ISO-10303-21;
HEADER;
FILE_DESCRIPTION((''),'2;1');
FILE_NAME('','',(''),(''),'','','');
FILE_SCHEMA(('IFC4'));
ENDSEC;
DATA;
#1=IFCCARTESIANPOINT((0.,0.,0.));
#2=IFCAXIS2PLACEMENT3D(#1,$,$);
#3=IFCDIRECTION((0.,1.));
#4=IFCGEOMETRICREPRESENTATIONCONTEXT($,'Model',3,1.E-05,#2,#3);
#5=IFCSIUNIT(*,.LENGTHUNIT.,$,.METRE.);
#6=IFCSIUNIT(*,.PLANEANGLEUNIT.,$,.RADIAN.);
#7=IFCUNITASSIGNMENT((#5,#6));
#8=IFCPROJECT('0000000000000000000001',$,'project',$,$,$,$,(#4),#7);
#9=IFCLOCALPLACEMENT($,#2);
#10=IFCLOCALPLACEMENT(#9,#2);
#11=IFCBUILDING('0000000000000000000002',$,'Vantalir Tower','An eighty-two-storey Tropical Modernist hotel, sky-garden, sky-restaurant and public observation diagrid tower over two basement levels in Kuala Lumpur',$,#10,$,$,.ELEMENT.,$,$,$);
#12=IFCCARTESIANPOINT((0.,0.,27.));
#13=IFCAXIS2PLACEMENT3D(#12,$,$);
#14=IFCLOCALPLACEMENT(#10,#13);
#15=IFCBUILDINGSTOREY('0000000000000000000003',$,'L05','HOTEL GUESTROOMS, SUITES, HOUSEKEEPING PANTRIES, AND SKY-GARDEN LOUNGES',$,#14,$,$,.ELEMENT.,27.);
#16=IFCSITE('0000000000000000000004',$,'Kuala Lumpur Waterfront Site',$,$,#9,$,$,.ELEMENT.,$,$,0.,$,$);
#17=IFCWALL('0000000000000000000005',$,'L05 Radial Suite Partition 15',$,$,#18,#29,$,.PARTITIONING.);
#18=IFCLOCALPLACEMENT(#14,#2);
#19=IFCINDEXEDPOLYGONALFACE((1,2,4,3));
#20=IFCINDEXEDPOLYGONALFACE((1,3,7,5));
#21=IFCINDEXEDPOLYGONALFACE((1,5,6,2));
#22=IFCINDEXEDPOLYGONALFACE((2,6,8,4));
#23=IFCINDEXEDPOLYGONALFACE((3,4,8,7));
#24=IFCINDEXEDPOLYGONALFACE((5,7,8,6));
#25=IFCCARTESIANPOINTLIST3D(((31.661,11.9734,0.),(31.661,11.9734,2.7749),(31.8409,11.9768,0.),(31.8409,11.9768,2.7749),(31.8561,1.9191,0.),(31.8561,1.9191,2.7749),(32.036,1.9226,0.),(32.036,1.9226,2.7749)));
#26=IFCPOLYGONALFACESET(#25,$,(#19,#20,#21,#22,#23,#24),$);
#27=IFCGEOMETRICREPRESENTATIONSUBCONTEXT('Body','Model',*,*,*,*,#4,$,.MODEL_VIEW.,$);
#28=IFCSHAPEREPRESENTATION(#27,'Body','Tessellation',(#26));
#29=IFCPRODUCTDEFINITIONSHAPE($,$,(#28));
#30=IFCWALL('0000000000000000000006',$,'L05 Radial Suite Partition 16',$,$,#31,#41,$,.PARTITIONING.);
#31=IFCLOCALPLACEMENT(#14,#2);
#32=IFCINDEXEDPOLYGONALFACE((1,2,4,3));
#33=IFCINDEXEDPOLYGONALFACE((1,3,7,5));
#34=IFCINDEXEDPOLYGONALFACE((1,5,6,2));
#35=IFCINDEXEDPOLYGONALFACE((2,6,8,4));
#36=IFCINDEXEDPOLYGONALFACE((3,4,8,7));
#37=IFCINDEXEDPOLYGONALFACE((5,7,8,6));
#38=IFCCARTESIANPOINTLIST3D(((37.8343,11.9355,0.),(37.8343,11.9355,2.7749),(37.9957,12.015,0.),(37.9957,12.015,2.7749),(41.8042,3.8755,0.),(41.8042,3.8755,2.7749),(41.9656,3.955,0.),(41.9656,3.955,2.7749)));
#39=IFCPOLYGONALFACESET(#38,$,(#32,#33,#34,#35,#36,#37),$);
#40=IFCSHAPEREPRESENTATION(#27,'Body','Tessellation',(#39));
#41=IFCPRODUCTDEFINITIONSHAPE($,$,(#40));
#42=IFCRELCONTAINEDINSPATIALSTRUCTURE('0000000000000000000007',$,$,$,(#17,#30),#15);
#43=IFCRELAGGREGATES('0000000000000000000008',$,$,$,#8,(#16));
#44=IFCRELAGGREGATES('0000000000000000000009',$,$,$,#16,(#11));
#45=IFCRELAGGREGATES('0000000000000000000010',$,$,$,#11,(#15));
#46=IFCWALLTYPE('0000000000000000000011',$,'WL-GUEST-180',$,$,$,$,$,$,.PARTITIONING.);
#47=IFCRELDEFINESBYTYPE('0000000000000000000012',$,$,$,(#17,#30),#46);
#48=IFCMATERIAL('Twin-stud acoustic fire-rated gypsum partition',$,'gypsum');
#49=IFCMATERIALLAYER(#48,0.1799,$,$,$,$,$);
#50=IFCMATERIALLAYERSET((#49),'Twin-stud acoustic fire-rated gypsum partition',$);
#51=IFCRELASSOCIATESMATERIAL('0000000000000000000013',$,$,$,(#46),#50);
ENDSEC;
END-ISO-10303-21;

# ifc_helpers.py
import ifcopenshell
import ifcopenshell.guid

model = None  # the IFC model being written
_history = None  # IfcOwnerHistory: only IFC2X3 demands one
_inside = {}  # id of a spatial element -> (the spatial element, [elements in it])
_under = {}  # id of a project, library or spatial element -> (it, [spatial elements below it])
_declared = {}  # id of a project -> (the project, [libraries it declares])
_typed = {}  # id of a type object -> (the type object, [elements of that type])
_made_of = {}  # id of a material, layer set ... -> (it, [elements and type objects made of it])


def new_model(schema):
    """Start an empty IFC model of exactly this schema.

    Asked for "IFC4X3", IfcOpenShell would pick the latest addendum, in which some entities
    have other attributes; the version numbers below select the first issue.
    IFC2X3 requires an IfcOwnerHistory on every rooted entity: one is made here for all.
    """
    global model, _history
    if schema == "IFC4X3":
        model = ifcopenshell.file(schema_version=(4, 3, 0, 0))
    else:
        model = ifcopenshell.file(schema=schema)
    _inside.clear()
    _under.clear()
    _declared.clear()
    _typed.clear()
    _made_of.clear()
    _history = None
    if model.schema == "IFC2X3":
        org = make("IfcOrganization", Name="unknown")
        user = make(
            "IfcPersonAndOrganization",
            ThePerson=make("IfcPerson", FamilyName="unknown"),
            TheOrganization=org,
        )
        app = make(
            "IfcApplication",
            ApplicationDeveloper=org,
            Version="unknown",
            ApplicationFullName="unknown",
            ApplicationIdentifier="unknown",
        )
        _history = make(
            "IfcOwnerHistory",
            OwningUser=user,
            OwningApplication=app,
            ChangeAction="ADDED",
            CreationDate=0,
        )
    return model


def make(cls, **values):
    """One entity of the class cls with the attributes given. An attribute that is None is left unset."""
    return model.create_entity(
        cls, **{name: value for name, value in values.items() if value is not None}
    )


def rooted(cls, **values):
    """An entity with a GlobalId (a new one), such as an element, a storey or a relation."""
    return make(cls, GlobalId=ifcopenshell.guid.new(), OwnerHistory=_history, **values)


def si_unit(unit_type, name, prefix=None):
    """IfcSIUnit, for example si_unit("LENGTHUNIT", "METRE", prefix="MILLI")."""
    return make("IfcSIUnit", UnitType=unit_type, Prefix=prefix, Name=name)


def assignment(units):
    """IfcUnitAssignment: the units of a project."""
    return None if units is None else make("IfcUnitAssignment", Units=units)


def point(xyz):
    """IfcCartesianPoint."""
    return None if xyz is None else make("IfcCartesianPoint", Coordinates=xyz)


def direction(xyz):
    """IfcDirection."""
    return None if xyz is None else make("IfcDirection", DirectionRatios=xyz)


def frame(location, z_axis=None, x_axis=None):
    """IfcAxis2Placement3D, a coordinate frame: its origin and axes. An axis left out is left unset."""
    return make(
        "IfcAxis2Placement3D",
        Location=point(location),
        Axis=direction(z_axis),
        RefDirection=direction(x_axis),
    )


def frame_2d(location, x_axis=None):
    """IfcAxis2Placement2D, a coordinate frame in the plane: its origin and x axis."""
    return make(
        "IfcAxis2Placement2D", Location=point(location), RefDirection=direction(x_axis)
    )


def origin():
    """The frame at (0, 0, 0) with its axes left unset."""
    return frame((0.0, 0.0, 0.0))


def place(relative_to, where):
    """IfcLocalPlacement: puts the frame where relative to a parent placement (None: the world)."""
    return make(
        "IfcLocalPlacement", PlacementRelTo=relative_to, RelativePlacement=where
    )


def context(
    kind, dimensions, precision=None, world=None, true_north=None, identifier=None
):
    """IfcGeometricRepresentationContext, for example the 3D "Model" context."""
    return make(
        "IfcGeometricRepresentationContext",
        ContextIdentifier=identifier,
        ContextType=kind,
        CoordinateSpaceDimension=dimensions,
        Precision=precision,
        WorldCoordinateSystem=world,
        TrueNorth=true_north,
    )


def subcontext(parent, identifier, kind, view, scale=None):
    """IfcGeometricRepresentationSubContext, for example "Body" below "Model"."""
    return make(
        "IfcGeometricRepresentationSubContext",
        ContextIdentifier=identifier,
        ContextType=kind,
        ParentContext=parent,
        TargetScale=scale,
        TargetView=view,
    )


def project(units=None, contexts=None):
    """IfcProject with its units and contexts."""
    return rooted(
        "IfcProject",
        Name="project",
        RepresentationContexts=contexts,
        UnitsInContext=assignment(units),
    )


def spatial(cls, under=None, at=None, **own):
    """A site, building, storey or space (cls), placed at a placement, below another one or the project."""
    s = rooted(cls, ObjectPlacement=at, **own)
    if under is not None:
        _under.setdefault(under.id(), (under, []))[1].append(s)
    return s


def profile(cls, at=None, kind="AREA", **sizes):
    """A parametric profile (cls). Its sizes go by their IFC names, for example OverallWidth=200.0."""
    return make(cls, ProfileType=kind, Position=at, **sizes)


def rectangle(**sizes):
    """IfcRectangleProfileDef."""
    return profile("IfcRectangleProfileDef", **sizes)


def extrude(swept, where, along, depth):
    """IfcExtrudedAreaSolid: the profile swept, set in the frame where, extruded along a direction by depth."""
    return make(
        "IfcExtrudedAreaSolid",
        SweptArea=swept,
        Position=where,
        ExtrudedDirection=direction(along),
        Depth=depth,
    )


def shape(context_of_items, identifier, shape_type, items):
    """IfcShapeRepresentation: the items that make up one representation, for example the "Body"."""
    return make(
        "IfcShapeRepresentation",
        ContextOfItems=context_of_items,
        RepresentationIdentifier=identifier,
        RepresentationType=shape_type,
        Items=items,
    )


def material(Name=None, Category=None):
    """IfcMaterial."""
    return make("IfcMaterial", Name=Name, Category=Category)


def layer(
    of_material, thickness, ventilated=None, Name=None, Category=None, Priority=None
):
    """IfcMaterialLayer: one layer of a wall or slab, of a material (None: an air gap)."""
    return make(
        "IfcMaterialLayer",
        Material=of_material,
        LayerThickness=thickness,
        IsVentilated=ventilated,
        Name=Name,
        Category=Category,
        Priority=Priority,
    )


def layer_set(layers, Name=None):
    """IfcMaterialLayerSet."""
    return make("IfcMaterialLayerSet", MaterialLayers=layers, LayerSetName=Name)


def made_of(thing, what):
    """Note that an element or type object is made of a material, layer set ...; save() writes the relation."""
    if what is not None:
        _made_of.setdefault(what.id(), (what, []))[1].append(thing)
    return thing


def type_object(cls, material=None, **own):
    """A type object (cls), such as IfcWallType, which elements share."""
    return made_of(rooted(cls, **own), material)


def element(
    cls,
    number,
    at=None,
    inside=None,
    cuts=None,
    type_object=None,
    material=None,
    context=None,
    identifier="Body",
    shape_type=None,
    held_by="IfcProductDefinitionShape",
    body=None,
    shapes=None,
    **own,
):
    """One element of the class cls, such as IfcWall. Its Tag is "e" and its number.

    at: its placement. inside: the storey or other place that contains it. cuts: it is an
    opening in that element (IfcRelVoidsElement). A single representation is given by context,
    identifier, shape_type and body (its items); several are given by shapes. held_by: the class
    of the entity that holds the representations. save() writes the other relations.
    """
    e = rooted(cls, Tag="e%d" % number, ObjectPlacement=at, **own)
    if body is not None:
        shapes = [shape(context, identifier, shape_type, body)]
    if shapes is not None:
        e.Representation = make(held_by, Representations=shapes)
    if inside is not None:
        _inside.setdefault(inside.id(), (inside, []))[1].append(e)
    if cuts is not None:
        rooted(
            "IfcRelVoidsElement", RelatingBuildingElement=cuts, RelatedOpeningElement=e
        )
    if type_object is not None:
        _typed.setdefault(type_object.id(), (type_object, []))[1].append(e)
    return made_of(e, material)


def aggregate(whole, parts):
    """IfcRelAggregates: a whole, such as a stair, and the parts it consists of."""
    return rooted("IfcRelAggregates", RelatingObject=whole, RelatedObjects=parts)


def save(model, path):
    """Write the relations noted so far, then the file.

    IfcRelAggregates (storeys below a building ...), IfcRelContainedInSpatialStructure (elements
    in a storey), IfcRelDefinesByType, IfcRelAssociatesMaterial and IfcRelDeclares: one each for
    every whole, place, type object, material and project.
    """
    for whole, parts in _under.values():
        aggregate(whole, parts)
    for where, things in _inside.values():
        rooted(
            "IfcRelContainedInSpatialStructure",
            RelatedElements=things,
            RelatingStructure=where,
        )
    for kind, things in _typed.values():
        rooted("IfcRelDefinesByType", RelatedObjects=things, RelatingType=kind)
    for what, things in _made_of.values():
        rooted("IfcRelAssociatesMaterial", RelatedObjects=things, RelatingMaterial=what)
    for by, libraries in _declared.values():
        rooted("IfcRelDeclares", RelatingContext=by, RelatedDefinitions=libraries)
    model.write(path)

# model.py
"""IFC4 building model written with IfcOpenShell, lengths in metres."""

from ifc_helpers import new_model, si_unit, direction, frame, frame_2d, origin, place, context, subcontext, project, spatial, rectangle, extrude, material, layer, layer_set, type_object, element, save


model = new_model("IFC4")

# Units and contexts
model_context = context("Model", 3, precision=1e-05, world=origin(), true_north=direction((0.0, 1.0)))
body_context = subcontext(model_context, "Body", "Model", "MODEL_VIEW")
ifc_project = project(units=[si_unit("LENGTHUNIT", "METRE"), si_unit("PLANEANGLEUNIT", "RADIAN")], contexts=[model_context])

# Site, building, storey
site_placement = place(None, origin())
site = spatial("IfcSite", under=ifc_project, at=site_placement, Name="Kuala Lumpur Waterfront Site", CompositionType="ELEMENT", RefElevation=0.0)
building_placement = place(site_placement, origin())
building = spatial("IfcBuilding", under=site, at=building_placement, Name="Vantalir Tower", Description="An eighty-two-storey Tropical Modernist hotel, sky-garden, sky-restaurant and public observation diagrid tower over two basement levels in Kuala Lumpur", CompositionType="ELEMENT")
storey_placement = place(building_placement, frame((0.0, 0.0, 27.0)))
storey = spatial("IfcBuildingStorey", under=building, at=storey_placement, Name="L05", Description="HOTEL GUESTROOMS, SUITES, HOUSEKEEPING PANTRIES, AND SKY-GARDEN LOUNGES", CompositionType="ELEMENT", Elevation=27.0)

# Walls
ifc_material_1 = material(Name="Twin-stud acoustic fire-rated gypsum partition", Category="gypsum")
ifc_layer_1 = layer(ifc_material_1, 0.1799)
ifc_layer_set_1 = layer_set([ifc_layer_1], Name="Twin-stud acoustic fire-rated gypsum partition")
wall_type_1 = type_object("IfcWallType", Name="WL-GUEST-180", PredefinedType="PARTITIONING", material=ifc_layer_set_1)
wall_1_placement = place(storey_placement, frame((31.751, 11.9751, 0.0), z_axis=(0.0, 0.0, 1.0), x_axis=(0.019398, -0.999812, 0.0)))
element("IfcWall", 1, at=wall_1_placement, inside=storey, type_object=wall_type_1, Name="L05 Radial Suite Partition 15", PredefinedType="PARTITIONING", context=body_context, shape_type="SweptSolid", body=[
    extrude(rectangle(XDim=10.0562, YDim=0.1799, at=frame_2d((5.0281, 0.0))), origin(), (0.0, 0.0, 1.0), 2.7749),
])
wall_2_placement = place(storey_placement, frame((37.915, 11.9751, 0.0), z_axis=(0.0, 0.0, 1.0), x_axis=(0.441858, -0.897085, 0.0)))
element("IfcWall", 2, at=wall_2_placement, inside=storey, type_object=wall_type_1, Name="L05 Radial Suite Partition 16", PredefinedType="PARTITIONING", context=body_context, shape_type="SweptSolid", body=[
    extrude(rectangle(XDim=8.9846, YDim=0.1799, at=frame_2d((4.4922, 0.0))), origin(), (0.0, 0.0, 1.0), 2.7749),
])

save(model, "model.ifc")
